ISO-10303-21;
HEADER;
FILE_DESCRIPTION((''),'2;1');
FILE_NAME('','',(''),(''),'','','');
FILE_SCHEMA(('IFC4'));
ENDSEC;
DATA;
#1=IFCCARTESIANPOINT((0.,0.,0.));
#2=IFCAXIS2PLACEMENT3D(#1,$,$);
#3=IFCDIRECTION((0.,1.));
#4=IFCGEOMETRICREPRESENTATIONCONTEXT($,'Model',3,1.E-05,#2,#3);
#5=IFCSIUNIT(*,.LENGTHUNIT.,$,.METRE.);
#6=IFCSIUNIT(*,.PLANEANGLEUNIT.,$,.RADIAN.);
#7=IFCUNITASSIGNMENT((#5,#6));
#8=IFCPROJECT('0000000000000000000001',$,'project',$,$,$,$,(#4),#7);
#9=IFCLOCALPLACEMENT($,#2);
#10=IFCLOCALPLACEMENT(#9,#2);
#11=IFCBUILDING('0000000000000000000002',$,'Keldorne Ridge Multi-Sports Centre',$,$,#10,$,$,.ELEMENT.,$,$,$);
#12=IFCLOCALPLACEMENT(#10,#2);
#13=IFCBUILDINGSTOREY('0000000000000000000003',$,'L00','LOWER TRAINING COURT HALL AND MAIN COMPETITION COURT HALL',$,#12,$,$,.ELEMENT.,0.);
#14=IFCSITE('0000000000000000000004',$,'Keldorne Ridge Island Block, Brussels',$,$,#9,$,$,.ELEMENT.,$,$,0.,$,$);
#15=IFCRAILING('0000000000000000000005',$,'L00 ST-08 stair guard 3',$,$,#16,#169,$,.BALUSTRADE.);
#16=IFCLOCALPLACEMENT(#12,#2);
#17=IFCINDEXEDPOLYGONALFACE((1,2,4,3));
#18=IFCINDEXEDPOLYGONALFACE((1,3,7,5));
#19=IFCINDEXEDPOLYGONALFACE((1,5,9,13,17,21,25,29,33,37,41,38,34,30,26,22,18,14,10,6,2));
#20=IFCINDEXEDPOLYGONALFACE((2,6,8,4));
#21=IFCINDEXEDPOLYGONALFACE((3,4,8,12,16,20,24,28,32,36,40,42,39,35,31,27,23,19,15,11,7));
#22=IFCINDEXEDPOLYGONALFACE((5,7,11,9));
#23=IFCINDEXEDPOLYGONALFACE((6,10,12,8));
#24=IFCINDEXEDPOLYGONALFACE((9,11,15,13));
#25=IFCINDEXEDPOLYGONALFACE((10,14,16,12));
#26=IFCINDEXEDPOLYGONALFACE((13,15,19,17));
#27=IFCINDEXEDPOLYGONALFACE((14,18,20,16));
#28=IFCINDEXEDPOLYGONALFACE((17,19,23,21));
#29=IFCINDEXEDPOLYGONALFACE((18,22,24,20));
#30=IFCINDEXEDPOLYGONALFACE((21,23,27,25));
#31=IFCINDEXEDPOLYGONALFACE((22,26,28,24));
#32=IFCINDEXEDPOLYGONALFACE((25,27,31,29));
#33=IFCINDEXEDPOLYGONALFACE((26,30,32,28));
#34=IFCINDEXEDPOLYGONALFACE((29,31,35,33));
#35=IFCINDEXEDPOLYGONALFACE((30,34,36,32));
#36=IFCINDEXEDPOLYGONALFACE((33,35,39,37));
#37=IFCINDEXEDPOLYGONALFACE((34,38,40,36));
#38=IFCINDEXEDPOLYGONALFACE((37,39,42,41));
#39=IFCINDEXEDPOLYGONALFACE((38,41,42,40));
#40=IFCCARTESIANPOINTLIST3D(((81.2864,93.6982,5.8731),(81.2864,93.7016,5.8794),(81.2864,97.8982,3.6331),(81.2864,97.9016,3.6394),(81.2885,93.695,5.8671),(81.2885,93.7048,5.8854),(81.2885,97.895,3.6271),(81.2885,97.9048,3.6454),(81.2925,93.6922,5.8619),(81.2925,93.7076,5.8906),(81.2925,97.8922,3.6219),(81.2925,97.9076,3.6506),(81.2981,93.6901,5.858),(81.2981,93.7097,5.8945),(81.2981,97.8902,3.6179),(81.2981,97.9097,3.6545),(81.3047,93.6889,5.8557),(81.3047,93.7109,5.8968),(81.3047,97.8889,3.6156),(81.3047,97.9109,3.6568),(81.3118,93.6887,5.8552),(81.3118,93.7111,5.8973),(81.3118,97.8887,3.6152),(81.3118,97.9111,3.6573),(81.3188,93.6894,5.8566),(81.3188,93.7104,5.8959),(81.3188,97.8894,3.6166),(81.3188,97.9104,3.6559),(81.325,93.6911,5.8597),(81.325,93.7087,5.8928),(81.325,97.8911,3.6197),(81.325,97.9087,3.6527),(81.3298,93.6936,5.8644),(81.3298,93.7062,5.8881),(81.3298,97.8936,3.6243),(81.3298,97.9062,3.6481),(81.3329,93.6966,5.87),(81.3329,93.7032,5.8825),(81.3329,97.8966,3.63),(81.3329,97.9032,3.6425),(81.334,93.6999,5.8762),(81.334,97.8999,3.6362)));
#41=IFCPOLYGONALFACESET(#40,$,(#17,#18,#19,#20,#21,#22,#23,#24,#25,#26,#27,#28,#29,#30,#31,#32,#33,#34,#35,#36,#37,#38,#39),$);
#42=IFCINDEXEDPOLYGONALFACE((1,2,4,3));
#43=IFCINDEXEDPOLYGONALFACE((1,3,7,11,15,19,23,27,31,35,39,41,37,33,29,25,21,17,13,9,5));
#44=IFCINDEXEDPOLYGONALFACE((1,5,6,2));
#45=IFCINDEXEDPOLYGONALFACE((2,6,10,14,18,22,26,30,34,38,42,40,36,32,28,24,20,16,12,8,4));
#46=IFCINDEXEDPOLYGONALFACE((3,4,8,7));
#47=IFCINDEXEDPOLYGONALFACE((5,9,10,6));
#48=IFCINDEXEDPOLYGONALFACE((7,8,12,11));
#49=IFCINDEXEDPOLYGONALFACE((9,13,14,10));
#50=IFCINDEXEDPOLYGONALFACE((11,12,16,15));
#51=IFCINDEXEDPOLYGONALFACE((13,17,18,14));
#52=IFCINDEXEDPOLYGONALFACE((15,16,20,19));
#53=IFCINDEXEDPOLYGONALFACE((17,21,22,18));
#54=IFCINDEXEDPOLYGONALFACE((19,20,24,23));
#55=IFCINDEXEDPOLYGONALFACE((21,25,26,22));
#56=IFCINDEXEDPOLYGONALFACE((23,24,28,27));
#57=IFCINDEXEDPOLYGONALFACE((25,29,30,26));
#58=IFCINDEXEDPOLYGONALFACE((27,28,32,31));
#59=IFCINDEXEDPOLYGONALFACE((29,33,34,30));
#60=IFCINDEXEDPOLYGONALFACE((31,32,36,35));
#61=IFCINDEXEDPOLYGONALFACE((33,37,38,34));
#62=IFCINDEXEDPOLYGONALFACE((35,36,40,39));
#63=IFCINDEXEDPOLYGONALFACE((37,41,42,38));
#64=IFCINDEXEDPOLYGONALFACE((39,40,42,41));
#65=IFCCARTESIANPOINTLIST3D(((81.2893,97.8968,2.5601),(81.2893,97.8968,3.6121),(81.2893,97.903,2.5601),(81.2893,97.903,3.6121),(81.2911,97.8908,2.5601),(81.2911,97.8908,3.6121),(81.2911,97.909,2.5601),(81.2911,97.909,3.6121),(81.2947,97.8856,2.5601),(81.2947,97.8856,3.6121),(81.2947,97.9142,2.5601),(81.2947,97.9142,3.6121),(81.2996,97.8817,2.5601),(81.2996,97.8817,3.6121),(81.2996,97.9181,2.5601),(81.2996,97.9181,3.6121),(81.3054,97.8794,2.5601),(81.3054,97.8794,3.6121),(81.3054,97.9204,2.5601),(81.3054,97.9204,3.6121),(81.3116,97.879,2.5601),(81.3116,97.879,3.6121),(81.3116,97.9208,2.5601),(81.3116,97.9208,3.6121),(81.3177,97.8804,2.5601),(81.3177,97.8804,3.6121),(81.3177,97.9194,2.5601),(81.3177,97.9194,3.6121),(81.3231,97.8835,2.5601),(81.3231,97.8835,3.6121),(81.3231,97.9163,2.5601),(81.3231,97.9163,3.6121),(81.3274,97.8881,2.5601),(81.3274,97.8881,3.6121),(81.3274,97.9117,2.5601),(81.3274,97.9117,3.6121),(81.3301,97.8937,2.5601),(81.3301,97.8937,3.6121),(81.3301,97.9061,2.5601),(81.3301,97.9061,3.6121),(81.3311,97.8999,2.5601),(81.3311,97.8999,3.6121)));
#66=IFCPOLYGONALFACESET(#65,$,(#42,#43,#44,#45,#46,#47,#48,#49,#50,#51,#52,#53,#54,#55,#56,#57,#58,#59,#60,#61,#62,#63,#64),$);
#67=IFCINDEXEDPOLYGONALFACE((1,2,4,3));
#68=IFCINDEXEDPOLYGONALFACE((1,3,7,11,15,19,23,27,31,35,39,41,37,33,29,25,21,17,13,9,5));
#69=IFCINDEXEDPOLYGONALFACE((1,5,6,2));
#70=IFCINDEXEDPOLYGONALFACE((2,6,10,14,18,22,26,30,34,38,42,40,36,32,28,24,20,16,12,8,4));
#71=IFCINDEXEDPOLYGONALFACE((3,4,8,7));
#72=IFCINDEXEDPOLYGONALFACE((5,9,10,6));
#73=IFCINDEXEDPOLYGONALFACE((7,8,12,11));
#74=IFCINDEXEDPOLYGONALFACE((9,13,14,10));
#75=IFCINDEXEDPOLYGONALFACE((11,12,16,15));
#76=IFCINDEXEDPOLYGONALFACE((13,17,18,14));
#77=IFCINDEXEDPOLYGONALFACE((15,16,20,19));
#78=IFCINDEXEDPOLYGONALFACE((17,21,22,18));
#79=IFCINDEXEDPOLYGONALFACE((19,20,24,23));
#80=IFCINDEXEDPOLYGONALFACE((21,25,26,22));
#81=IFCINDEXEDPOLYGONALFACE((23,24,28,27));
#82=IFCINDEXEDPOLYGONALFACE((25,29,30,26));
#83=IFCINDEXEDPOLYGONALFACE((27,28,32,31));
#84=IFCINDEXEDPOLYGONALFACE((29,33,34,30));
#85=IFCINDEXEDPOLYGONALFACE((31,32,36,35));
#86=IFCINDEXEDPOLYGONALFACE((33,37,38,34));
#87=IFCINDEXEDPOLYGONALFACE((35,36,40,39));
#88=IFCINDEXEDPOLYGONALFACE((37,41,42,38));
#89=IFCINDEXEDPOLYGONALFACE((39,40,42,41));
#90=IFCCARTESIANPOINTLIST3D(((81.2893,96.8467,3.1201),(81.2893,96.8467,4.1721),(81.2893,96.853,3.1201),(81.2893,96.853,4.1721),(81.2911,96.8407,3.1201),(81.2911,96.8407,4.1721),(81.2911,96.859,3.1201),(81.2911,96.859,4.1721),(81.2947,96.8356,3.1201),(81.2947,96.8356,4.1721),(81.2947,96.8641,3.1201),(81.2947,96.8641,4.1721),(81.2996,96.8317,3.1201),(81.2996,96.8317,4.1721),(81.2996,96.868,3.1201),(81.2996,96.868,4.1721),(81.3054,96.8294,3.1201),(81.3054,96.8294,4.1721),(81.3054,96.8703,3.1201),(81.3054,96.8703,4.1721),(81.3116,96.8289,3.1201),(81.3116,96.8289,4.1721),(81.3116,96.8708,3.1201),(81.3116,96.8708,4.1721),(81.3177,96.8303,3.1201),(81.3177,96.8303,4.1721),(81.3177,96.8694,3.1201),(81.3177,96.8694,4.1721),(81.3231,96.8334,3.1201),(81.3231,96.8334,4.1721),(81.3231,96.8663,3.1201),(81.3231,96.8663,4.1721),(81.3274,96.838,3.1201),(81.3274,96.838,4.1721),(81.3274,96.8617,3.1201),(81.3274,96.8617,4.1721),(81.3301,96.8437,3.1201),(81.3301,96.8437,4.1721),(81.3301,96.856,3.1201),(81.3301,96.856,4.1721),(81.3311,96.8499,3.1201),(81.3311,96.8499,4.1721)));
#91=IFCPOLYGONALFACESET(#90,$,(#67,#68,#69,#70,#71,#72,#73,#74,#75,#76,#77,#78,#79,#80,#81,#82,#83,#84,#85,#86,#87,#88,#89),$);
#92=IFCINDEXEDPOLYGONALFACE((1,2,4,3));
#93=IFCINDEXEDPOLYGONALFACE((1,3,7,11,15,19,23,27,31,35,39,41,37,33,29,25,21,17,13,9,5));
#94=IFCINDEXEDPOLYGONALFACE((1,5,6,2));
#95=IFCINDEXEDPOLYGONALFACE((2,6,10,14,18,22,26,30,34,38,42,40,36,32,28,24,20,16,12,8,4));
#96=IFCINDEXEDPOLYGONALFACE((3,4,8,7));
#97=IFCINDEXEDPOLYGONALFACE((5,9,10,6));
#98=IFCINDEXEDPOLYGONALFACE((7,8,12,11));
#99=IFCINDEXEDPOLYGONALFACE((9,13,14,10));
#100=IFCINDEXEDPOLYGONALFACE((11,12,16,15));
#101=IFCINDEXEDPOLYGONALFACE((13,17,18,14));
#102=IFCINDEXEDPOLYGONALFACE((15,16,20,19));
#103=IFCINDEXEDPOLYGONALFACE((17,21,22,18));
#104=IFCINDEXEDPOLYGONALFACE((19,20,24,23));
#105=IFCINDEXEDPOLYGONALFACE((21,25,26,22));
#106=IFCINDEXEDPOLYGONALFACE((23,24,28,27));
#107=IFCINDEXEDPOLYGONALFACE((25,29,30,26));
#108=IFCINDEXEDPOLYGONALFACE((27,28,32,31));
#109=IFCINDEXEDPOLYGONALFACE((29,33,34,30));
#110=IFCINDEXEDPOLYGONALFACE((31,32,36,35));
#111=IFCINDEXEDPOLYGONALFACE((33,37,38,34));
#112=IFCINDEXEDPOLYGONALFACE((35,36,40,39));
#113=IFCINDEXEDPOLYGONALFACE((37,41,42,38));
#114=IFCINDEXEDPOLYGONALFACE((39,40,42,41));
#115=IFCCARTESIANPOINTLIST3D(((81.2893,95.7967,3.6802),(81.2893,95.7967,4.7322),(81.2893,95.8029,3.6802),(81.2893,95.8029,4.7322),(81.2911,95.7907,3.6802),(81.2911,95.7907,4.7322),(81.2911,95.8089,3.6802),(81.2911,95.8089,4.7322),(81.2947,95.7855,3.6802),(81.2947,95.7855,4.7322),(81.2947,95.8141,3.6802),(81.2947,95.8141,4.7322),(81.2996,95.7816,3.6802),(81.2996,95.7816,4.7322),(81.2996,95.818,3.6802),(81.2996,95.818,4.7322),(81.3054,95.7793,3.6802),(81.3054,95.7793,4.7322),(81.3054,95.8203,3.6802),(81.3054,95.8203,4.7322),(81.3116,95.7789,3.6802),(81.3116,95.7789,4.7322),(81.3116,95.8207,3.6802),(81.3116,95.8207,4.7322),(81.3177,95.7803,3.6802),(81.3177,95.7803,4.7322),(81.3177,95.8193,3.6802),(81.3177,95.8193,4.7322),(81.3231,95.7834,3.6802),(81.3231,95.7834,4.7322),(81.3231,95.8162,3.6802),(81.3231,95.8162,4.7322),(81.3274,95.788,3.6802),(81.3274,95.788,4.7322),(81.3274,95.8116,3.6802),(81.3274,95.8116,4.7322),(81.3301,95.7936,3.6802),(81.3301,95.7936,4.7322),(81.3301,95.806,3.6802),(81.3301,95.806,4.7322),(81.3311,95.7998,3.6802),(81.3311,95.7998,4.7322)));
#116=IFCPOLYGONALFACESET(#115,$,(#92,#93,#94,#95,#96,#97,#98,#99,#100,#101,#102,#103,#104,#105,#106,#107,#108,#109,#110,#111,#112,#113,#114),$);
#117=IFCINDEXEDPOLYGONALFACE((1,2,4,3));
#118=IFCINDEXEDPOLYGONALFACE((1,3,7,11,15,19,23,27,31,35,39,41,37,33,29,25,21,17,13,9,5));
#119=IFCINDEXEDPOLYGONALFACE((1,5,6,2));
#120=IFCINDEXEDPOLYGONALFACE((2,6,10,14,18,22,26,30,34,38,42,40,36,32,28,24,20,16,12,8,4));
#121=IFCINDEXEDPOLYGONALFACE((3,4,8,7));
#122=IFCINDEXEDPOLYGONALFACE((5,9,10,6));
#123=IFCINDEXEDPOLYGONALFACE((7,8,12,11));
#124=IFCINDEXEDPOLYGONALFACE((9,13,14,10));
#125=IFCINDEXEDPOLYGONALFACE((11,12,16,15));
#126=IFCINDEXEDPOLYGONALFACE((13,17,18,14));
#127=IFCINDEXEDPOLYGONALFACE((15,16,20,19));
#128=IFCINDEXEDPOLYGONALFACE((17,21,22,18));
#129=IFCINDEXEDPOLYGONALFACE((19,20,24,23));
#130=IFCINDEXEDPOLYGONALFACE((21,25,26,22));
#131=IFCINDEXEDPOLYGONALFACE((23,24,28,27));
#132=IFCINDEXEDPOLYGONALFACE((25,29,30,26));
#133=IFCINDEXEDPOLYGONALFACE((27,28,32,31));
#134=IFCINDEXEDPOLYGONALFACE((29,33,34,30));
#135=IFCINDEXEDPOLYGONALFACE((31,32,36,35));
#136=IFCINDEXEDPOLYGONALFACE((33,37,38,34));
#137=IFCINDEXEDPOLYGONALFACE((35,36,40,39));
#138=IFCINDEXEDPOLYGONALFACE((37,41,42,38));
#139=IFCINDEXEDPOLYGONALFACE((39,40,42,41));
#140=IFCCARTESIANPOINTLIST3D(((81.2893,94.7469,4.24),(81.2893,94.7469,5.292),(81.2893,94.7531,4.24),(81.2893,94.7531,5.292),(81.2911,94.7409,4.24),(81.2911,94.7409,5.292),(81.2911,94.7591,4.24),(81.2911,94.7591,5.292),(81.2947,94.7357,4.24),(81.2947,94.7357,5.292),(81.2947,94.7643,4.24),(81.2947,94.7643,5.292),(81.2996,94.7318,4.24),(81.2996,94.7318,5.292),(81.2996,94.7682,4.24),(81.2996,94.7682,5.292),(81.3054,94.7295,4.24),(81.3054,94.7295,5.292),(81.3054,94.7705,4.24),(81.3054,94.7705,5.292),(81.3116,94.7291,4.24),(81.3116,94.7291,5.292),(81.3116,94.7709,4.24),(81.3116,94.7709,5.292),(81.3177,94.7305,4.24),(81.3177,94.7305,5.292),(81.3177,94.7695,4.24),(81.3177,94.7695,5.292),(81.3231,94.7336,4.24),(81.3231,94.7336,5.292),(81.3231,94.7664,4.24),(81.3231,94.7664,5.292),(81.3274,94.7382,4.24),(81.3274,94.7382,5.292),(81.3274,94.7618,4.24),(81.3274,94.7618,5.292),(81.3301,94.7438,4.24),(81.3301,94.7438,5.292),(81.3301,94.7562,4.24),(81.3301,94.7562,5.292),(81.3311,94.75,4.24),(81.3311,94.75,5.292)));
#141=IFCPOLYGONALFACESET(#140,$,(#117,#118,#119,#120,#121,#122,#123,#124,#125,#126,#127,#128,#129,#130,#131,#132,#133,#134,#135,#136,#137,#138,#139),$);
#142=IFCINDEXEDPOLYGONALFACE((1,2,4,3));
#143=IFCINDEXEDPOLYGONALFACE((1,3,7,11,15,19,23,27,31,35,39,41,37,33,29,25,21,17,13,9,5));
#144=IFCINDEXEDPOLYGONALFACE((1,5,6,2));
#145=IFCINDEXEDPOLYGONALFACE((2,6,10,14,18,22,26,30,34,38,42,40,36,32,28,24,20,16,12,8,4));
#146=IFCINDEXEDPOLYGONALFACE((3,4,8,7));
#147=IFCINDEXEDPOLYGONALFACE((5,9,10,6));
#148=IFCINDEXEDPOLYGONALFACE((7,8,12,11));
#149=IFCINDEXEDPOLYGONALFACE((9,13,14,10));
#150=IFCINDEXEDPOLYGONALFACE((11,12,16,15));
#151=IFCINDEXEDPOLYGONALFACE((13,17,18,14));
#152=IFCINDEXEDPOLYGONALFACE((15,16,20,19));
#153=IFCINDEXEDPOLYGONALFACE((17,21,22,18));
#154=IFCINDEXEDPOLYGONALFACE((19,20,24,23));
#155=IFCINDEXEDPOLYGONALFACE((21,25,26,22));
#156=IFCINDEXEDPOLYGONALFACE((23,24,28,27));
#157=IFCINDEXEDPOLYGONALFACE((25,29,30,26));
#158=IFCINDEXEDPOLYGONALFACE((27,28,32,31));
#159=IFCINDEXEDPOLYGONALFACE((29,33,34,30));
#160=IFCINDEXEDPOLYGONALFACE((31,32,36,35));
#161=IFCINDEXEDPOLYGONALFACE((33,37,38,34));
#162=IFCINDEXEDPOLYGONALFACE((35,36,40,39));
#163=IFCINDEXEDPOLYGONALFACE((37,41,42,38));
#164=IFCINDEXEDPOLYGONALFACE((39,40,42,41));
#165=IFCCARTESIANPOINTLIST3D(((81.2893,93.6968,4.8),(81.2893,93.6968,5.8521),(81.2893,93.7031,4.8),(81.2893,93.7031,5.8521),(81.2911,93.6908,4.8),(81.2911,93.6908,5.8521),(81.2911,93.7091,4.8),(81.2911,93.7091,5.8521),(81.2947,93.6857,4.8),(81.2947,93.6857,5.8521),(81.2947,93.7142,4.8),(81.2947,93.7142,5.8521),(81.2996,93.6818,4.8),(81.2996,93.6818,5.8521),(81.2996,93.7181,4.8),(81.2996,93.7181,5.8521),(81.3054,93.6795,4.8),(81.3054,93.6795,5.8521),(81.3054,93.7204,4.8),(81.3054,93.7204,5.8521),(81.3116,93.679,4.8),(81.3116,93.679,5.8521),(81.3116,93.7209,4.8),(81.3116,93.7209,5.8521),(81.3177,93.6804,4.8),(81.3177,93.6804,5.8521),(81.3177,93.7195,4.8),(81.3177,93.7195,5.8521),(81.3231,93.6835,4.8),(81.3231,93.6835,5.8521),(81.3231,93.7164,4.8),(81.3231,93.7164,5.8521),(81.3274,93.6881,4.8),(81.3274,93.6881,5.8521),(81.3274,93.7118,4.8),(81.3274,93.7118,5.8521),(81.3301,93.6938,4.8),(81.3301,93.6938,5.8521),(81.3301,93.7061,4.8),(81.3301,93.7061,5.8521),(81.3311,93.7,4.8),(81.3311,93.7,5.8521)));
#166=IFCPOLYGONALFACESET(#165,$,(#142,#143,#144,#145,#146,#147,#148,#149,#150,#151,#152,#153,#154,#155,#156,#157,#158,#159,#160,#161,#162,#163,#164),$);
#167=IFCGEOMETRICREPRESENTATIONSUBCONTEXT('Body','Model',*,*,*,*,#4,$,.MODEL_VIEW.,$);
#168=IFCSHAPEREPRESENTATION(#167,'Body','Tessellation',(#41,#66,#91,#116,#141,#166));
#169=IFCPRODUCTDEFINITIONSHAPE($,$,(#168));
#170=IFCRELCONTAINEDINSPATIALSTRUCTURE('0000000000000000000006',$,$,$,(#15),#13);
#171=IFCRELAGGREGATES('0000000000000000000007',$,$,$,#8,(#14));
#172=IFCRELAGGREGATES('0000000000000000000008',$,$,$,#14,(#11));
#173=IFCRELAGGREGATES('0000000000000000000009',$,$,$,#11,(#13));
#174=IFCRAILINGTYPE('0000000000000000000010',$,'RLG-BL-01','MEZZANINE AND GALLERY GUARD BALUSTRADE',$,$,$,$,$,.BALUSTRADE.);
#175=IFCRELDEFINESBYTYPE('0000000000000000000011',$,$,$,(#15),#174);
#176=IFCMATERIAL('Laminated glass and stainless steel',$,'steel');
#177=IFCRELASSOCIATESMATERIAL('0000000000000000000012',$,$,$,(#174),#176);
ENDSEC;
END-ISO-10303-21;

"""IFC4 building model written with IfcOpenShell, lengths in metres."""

from ifc_helpers import new_model, si_unit, direction, frame, origin, origin_2d, place, context, subcontext, project, spatial, circle, extrude, material, type_object, element, save


model = new_model("IFC4")

# Units and contexts
model_context = context("Model", 3, precision=1e-05, world=origin(), true_north=direction((0.0, 1.0)))
body_context = subcontext(model_context, "Body", "Model", "MODEL_VIEW")
ifc_project = project(units=[si_unit("LENGTHUNIT", "METRE"), si_unit("PLANEANGLEUNIT", "RADIAN")], contexts=[model_context])

# Site, building, storey
site_placement = place(None, origin())
site = spatial("IfcSite", under=ifc_project, at=site_placement, Name="Keldorne Ridge Island Block, Brussels", CompositionType="ELEMENT", RefElevation=0.0)
building_placement = place(site_placement, origin())
building = spatial("IfcBuilding", under=site, at=building_placement, Name="Keldorne Ridge Multi-Sports Centre", CompositionType="ELEMENT")
storey_placement = place(building_placement, origin())
storey = spatial("IfcBuildingStorey", under=building, at=storey_placement, Name="L00", Description="LOWER TRAINING COURT HALL AND MAIN COMPETITION COURT HALL", CompositionType="ELEMENT", Elevation=0.0)

# Railing
ifc_material_1 = material(Name="Laminated glass and stainless steel", Category="steel")
railing_type_1 = type_object("IfcRailingType", Name="RLG-BL-01", Description="MEZZANINE AND GALLERY GUARD BALUSTRADE", PredefinedType="BALUSTRADE", material=ifc_material_1)
railing_1_placement = place(storey_placement, frame((81.3101, 97.8999, 2.5601)))
element("IfcRailing", 1, at=railing_1_placement, inside=storey, type_object=railing_type_1, Name="L00 ST-08 stair guard 3", PredefinedType="BALUSTRADE", context=body_context, shape_type="SweptSolid", body=[
    extrude(circle(Radius=0.0239, at=origin_2d()), frame((0.0, 0.0, 1.0762), z_axis=(0.0, -0.882352, 0.470591), x_axis=(1.0, 0.0, 0.0)), (0.0, 0.0, 1.0), 4.76),
    extrude(circle(Radius=0.021, at=origin_2d()), origin(), (0.0, 0.0, 1.0), 1.052),
    extrude(circle(Radius=0.021, at=origin_2d()), frame((0.0, -1.05, 0.5601)), (0.0, 0.0, 1.0), 1.052),
    extrude(circle(Radius=0.021, at=origin_2d()), frame((0.0, -2.1001, 1.1201)), (0.0, 0.0, 1.0), 1.052),
    extrude(circle(Radius=0.021, at=origin_2d()), frame((0.0, -3.1499, 1.6799)), (0.0, 0.0, 1.0), 1.052),
    extrude(circle(Radius=0.021, at=origin_2d()), frame((0.0, -4.2, 2.24)), (0.0, 0.0, 1.0), 1.052),
])

save(model, "model.ifc")
